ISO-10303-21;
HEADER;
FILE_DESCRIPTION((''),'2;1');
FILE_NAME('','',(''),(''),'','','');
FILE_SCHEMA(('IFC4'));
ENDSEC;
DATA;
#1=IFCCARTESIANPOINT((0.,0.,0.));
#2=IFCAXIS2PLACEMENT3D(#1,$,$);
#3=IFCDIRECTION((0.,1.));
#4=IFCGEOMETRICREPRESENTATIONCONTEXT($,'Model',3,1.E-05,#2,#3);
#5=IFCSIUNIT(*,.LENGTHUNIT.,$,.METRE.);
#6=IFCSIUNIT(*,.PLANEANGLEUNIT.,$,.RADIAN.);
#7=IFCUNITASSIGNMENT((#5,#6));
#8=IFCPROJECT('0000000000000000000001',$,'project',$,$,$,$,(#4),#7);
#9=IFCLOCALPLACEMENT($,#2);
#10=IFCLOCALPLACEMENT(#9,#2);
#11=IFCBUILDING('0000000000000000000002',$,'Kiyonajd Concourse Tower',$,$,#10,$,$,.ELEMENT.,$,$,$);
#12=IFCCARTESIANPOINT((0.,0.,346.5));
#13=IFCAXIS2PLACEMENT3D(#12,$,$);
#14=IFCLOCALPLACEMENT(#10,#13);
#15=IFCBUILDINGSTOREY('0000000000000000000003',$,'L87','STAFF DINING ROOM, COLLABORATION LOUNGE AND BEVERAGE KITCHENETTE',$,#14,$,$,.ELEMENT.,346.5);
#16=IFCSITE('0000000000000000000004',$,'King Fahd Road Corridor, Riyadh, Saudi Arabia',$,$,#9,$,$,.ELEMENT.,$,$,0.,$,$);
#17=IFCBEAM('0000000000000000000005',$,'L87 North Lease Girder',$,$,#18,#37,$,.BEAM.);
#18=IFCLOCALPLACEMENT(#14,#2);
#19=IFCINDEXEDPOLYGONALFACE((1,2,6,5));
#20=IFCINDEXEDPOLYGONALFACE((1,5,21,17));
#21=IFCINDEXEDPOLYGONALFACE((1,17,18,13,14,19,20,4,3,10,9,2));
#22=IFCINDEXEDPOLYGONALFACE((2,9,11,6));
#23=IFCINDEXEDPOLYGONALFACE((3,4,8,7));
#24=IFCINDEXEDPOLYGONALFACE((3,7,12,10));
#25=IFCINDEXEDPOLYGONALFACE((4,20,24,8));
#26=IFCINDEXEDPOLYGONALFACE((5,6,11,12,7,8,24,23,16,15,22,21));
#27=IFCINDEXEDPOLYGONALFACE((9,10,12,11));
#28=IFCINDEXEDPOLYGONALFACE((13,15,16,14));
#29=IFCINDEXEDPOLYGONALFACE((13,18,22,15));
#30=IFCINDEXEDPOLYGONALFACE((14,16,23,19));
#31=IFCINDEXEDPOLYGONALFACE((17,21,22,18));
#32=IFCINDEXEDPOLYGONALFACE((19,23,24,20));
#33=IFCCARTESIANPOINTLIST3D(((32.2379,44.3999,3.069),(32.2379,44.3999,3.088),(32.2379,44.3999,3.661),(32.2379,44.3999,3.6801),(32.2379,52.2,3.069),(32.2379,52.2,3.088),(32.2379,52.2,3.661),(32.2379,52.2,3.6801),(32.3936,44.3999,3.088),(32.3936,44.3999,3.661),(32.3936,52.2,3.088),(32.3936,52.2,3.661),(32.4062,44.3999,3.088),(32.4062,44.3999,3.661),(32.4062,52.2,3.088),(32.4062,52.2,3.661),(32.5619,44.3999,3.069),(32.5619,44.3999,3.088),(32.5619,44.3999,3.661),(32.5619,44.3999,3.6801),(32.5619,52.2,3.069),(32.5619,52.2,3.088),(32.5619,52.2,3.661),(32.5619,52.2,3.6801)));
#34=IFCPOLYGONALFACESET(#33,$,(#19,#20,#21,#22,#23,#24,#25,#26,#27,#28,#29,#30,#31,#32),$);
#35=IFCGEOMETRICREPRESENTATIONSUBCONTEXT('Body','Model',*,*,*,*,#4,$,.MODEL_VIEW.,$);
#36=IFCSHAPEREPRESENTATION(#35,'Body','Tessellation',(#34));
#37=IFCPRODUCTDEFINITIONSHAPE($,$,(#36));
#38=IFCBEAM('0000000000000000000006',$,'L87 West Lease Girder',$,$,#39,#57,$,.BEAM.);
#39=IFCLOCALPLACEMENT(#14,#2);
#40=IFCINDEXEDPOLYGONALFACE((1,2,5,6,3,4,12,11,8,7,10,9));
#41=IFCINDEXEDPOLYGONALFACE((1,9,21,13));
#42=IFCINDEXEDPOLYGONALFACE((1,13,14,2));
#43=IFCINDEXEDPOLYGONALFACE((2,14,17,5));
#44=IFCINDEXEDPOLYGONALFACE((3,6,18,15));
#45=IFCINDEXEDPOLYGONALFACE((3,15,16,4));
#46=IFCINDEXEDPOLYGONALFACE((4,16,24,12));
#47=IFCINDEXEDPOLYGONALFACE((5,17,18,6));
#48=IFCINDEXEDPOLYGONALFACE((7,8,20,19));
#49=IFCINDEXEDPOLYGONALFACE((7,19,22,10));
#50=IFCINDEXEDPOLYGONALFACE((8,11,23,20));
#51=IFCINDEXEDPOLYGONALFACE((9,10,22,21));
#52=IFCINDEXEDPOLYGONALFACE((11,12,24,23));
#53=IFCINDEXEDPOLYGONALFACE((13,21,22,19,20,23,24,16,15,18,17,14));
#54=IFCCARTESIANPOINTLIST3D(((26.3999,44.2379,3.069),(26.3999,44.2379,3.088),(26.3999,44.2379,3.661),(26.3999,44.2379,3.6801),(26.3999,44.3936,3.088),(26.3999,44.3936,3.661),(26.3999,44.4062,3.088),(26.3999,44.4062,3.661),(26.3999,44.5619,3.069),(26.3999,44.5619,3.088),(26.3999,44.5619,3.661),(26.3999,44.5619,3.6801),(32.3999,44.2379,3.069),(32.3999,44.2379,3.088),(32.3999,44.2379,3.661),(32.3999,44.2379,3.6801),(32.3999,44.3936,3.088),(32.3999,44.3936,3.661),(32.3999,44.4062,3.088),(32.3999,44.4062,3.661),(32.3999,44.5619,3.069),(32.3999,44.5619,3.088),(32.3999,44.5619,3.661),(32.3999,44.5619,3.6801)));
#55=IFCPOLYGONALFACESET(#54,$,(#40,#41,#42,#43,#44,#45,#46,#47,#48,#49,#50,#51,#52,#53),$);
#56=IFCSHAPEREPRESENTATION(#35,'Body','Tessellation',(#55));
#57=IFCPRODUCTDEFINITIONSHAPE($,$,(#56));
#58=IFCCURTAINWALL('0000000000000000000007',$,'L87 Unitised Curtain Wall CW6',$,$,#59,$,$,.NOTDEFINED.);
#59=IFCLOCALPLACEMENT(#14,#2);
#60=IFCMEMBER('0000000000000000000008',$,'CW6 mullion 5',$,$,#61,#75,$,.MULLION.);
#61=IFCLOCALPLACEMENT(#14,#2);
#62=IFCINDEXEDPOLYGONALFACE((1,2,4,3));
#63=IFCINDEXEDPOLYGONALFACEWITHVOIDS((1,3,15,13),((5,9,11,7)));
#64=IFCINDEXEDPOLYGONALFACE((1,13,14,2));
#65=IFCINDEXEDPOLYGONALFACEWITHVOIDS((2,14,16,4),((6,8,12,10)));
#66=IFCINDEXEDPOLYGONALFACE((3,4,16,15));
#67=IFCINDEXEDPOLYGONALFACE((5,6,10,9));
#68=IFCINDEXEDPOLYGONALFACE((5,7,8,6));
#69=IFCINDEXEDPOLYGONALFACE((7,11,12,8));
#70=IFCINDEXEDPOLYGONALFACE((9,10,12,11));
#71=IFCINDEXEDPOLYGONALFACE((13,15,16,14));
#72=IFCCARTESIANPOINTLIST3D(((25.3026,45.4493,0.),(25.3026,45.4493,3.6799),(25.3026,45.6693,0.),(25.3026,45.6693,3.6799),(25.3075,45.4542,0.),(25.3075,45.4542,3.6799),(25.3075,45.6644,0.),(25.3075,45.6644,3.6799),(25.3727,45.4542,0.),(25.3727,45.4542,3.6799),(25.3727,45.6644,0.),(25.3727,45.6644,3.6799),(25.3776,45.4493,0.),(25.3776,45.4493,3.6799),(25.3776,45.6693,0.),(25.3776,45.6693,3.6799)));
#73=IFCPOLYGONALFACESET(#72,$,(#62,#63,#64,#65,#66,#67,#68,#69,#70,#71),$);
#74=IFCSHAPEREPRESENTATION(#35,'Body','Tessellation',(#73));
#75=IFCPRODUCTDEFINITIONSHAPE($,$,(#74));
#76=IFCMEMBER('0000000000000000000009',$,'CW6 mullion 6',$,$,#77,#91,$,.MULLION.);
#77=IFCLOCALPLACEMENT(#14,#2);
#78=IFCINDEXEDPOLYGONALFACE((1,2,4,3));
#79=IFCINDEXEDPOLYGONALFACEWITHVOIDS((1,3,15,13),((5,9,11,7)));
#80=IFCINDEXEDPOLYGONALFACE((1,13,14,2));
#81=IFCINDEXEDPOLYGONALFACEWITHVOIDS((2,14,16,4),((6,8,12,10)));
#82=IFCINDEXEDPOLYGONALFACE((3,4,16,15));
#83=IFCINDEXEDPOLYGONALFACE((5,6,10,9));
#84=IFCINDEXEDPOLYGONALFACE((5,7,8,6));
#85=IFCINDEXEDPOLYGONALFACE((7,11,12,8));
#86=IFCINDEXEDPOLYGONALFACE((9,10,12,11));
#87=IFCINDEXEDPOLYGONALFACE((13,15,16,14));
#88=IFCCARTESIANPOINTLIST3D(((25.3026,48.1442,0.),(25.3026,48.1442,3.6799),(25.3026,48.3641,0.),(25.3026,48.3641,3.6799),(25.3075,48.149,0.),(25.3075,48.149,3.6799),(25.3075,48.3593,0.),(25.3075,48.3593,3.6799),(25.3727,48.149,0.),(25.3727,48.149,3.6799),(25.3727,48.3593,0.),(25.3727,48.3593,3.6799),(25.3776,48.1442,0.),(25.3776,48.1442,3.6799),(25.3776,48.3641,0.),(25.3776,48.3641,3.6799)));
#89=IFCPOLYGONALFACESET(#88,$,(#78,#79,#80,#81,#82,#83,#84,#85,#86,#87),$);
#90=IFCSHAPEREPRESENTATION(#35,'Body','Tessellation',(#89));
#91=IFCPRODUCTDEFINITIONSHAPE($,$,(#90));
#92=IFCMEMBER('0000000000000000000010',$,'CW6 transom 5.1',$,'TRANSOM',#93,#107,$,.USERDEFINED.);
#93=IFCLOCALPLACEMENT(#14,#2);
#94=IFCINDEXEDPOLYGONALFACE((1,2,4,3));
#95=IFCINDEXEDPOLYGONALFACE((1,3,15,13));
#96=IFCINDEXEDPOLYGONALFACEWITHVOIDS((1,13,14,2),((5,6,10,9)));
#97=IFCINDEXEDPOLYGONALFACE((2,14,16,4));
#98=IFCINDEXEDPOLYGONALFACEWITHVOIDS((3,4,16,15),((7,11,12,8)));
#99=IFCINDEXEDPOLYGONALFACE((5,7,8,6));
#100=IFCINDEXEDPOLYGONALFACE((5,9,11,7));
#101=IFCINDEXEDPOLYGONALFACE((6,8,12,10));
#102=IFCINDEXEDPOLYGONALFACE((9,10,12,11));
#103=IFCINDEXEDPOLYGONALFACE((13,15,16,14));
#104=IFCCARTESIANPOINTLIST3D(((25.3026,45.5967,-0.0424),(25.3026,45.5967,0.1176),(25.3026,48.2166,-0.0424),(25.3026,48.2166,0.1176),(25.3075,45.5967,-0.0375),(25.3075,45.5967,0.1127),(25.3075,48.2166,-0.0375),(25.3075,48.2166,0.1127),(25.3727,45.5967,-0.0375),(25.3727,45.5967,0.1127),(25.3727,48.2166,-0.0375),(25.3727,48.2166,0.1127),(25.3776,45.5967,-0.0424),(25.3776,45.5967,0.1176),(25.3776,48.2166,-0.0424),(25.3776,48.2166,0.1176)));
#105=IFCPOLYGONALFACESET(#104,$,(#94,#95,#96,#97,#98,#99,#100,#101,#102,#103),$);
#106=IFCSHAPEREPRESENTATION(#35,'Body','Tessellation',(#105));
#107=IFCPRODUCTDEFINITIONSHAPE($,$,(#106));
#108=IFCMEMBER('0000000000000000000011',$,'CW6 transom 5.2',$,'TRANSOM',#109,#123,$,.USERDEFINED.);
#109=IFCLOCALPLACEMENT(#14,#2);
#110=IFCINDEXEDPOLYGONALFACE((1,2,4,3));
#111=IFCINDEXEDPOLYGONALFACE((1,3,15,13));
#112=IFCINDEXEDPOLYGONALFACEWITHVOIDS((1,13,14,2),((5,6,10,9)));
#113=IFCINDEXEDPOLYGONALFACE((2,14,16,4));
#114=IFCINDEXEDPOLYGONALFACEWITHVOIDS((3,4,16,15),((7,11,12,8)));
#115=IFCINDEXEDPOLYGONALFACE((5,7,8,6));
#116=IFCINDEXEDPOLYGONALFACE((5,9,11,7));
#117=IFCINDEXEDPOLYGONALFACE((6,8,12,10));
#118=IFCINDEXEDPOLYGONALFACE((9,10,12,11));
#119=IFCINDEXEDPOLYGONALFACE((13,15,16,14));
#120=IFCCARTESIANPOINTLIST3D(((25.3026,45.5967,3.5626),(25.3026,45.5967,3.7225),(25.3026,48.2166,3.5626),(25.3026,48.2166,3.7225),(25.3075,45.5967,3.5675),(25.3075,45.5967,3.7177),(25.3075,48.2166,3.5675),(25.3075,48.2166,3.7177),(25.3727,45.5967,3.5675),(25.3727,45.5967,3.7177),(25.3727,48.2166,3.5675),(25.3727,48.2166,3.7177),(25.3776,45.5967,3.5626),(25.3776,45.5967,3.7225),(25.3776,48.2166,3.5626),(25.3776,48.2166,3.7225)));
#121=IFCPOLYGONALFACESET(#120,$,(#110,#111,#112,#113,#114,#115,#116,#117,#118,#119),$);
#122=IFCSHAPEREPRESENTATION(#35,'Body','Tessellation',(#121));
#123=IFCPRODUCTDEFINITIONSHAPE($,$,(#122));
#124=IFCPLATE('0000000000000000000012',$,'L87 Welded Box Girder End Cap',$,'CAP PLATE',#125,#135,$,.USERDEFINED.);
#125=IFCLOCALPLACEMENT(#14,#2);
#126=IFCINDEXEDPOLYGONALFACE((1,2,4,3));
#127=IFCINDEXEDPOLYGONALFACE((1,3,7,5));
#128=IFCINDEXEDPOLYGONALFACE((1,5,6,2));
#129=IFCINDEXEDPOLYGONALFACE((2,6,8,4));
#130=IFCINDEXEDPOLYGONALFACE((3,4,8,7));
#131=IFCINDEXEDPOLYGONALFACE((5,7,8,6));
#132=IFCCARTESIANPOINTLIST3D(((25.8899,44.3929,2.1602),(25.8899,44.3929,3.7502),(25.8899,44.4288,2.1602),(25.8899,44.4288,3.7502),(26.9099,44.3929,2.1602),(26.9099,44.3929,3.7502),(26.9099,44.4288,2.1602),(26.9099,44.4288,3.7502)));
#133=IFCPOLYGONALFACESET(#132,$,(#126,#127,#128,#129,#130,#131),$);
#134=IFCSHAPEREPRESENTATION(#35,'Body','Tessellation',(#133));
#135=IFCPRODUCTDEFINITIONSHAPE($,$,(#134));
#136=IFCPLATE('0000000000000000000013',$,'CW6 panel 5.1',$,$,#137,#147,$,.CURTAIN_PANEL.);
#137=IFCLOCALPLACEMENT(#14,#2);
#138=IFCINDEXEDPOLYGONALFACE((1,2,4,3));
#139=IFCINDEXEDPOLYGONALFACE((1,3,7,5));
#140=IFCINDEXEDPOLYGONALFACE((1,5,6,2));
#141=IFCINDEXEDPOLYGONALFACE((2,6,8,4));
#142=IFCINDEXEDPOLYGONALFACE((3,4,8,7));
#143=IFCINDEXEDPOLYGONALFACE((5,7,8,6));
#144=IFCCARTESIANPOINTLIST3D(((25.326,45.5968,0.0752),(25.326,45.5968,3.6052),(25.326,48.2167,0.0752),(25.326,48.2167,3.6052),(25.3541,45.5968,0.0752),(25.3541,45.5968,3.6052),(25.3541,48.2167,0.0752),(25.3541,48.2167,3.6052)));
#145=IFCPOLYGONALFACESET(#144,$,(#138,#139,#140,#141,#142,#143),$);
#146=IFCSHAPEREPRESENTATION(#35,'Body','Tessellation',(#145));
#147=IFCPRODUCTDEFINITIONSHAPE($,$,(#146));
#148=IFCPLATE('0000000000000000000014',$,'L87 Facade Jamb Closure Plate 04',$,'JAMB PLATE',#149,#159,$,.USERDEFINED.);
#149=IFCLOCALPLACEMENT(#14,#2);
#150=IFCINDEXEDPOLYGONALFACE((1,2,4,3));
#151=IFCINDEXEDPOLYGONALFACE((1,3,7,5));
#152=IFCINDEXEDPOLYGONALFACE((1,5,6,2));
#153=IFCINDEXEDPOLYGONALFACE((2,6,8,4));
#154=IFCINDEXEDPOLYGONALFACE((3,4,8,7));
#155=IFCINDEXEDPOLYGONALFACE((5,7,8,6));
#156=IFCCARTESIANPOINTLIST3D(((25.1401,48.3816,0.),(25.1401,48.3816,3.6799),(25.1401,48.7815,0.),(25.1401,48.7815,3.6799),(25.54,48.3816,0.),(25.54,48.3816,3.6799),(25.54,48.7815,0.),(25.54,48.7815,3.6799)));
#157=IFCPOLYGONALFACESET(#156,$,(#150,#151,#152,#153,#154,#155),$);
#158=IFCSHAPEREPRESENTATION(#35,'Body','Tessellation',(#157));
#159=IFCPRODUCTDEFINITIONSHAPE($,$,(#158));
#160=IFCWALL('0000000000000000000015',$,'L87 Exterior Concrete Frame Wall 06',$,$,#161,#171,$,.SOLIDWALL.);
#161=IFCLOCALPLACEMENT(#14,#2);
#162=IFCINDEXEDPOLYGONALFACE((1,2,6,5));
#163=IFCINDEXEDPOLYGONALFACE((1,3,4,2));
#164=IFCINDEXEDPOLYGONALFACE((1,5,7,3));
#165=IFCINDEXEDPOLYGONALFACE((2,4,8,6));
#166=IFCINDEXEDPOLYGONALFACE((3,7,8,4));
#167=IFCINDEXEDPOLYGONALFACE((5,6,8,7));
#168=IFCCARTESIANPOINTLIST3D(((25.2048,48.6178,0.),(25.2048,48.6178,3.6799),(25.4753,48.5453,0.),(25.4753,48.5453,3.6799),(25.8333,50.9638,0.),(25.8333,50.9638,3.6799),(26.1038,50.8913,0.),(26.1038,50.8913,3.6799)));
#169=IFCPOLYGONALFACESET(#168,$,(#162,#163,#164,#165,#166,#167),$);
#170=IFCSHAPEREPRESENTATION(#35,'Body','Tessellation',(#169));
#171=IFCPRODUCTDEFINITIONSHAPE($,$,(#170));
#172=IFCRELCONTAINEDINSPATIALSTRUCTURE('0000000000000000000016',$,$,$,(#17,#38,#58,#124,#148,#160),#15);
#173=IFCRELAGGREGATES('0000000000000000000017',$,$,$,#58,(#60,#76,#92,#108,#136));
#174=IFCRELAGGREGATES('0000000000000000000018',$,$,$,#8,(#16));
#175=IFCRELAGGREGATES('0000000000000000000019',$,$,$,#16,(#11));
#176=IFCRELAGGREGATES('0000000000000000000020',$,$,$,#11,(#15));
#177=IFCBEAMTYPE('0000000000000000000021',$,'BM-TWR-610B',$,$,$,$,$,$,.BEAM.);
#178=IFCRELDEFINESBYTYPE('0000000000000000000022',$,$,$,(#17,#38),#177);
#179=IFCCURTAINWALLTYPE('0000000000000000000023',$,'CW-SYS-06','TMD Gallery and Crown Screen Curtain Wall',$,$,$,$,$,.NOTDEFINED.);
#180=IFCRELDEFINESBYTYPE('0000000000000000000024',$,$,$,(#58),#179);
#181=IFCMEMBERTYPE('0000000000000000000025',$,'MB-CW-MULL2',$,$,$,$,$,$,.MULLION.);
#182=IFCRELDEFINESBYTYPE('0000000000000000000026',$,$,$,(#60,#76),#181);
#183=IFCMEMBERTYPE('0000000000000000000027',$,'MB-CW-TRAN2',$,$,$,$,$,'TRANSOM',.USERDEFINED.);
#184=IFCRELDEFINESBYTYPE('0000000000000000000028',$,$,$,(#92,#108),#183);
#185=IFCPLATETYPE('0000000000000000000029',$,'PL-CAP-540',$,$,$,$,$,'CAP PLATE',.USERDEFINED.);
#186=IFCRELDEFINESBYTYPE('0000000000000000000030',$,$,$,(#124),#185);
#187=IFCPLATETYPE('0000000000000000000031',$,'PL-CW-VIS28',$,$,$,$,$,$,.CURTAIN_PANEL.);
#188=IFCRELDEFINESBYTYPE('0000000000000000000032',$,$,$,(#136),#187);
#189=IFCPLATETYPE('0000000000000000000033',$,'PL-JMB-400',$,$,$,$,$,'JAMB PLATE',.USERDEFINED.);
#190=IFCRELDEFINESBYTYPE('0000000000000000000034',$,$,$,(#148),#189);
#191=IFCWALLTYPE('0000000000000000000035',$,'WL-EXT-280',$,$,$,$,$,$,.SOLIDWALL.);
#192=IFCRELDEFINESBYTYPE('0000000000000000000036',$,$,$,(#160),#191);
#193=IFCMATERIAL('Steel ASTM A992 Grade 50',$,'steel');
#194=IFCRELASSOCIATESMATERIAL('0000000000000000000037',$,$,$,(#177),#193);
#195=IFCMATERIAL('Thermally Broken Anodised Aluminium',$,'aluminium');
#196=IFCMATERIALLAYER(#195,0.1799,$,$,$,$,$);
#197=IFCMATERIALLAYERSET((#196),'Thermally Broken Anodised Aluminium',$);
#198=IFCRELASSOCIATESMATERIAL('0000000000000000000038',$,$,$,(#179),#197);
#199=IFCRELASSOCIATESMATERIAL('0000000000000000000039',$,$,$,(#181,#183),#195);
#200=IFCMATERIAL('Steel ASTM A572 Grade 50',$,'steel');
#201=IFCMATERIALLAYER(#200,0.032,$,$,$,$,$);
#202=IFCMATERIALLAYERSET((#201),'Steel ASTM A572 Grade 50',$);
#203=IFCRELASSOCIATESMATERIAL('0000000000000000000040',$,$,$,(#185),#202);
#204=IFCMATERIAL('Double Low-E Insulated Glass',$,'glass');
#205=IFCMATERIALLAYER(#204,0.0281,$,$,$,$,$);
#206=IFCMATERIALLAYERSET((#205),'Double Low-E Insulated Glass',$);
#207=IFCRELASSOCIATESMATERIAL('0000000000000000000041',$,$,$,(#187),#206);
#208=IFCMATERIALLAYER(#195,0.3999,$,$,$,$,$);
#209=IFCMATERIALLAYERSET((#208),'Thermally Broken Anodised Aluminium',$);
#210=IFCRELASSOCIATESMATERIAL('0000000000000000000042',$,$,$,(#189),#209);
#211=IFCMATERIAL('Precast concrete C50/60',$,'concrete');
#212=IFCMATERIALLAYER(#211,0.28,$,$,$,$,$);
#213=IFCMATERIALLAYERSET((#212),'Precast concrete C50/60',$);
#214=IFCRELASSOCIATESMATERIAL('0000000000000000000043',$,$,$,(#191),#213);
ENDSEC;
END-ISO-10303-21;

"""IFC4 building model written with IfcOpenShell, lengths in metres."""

from ifc_helpers import new_model, si_unit, direction, frame, frame_2d, origin, origin_2d, place, context, subcontext, project, spatial, rectangle, hollow_rectangle, i_section, extrude, material, layer, layer_set, material_profile, profile_set, type_object, element, aggregate, save


model = new_model("IFC4")

# Units and contexts
model_context = context("Model", 3, precision=1e-05, world=origin(), true_north=direction((0.0, 1.0)))
body_context = subcontext(model_context, "Body", "Model", "MODEL_VIEW")
ifc_project = project(units=[si_unit("LENGTHUNIT", "METRE"), si_unit("PLANEANGLEUNIT", "RADIAN")], contexts=[model_context])

# Site, building, storey
site_placement = place(None, origin())
site = spatial("IfcSite", under=ifc_project, at=site_placement, Name="King Fahd Road Corridor, Riyadh, Saudi Arabia", CompositionType="ELEMENT", RefElevation=0.0)
building_placement = place(site_placement, origin())
building = spatial("IfcBuilding", under=site, at=building_placement, Name="Kiyonajd Concourse Tower", CompositionType="ELEMENT")
storey_placement = place(building_placement, frame((0.0, 0.0, 346.5)))
storey = spatial("IfcBuildingStorey", under=building, at=storey_placement, Name="L87", Description="STAFF DINING ROOM, COLLABORATION LOUNGE AND BEVERAGE KITCHENETTE", CompositionType="ELEMENT", Elevation=346.5)

# Beams
ifc_material_1 = material(Name="Steel ASTM A992 Grade 50", Category="steel")
ifc_material_profile_1 = material_profile(ifc_material_1, i_section(OverallWidth=0.324, OverallDepth=0.6111, WebThickness=0.0127, FlangeThickness=0.019, at=origin_2d()), Name="W610X155")
ifc_profile_set_1 = profile_set([ifc_material_profile_1], Name="Steel ASTM A992 Grade 50")
beam_type = type_object("IfcBeamType", Name="BM-TWR-610B", PredefinedType="BEAM", material=ifc_profile_set_1)
beam_1_placement = place(storey_placement, frame((32.3999, 44.3999, 3.3745), z_axis=(0.0, 1.0, 0.0), x_axis=(-1.0, 0.0, 0.0)))
element("IfcBeam", 1, at=beam_1_placement, inside=storey, type_object=beam_type, Name="L87 North Lease Girder", PredefinedType="BEAM", context=body_context, shape_type="SweptSolid", body=[
    extrude(i_section(OverallWidth=0.324, OverallDepth=0.6111, WebThickness=0.0127, FlangeThickness=0.019, at=origin_2d()), origin(), (0.0, 0.0, 1.0), 7.8),
])
beam_2_placement = place(storey_placement, frame((26.3999, 44.3999, 3.3745), z_axis=(1.0, 0.0, 0.0), x_axis=(0.0, 1.0, 0.0)))
element("IfcBeam", 2, at=beam_2_placement, inside=storey, type_object=beam_type, Name="L87 West Lease Girder", PredefinedType="BEAM", context=body_context, shape_type="SweptSolid", body=[
    extrude(i_section(OverallWidth=0.324, OverallDepth=0.6111, WebThickness=0.0127, FlangeThickness=0.019, at=origin_2d()), origin(), (0.0, 0.0, 1.0), 6.0),
])

# Curtain wall, members
ifc_material_2 = material(Name="Thermally Broken Anodised Aluminium", Category="aluminium")
ifc_layer_1 = layer(ifc_material_2, 0.1799)
ifc_layer_set_1 = layer_set([ifc_layer_1], Name="Thermally Broken Anodised Aluminium")
curtain_wall_type = type_object("IfcCurtainWallType", Name="CW-SYS-06", Description="TMD Gallery and Crown Screen Curtain Wall", PredefinedType="NOTDEFINED", material=ifc_layer_set_1)
curtain_wall_placement = place(storey_placement, origin())
curtain_wall = element("IfcCurtainWall", 3, at=curtain_wall_placement, inside=storey, type_object=curtain_wall_type, Name="L87 Unitised Curtain Wall CW6", PredefinedType="NOTDEFINED")
ifc_material_profile_2 = material_profile(ifc_material_2, hollow_rectangle(XDim=0.075, YDim=0.22, WallThickness=0.0049, at=origin_2d()), Name="MULL-75x220")
ifc_profile_set_2 = profile_set([ifc_material_profile_2], Name="Thermally Broken Anodised Aluminium")
member_type_1 = type_object("IfcMemberType", Name="MB-CW-MULL2", PredefinedType="MULLION", material=ifc_profile_set_2)
member_1_placement = place(storey_placement, frame((25.3401, 45.5593, 0.0), z_axis=(0.0, 0.0, 1.0), x_axis=(-1.0, 0.0, 0.0)))
member_1 = element("IfcMember", 4, at=member_1_placement, type_object=member_type_1, Name="CW6 mullion 5", PredefinedType="MULLION", context=body_context, shape_type="SweptSolid", body=[
    extrude(hollow_rectangle(XDim=0.075, YDim=0.22, WallThickness=0.0049, at=origin_2d()), origin(), (0.0, 0.0, 1.0), 3.6799),
])
member_2_placement = place(storey_placement, frame((25.3401, 48.2542, 0.0), z_axis=(0.0, 0.0, 1.0), x_axis=(-1.0, 0.0, 0.0)))
member_2 = element("IfcMember", 5, at=member_2_placement, type_object=member_type_1, Name="CW6 mullion 6", PredefinedType="MULLION", context=body_context, shape_type="SweptSolid", body=[
    extrude(hollow_rectangle(XDim=0.075, YDim=0.22, WallThickness=0.0049, at=origin_2d()), origin(), (0.0, 0.0, 1.0), 3.6799),
])
ifc_material_profile_3 = material_profile(ifc_material_2, hollow_rectangle(XDim=0.075, YDim=0.1599, WallThickness=0.0049, at=origin_2d()), Name="TRAN-75x160")
ifc_profile_set_3 = profile_set([ifc_material_profile_3], Name="Thermally Broken Anodised Aluminium")
member_type_2 = type_object("IfcMemberType", Name="MB-CW-TRAN2", ElementType="TRANSOM", PredefinedType="USERDEFINED", material=ifc_profile_set_3)
member_3_placement = place(storey_placement, frame((25.3401, 45.5967, 0.0376), z_axis=(0.0, 1.0, 0.0), x_axis=(-1.0, 0.0, 0.0)))
member_3 = element("IfcMember", 6, at=member_3_placement, type_object=member_type_2, Name="CW6 transom 5.1", ObjectType="TRANSOM", PredefinedType="USERDEFINED", context=body_context, shape_type="SweptSolid", body=[
    extrude(hollow_rectangle(XDim=0.075, YDim=0.1599, WallThickness=0.0049, at=origin_2d()), origin(), (0.0, 0.0, 1.0), 2.6199),
])
member_4_placement = place(storey_placement, frame((25.3401, 45.5967, 3.6426), z_axis=(0.0, 1.0, 0.0), x_axis=(-1.0, 0.0, 0.0)))
member_4 = element("IfcMember", 7, at=member_4_placement, type_object=member_type_2, Name="CW6 transom 5.2", ObjectType="TRANSOM", PredefinedType="USERDEFINED", context=body_context, shape_type="SweptSolid", body=[
    extrude(hollow_rectangle(XDim=0.075, YDim=0.1599, WallThickness=0.0049, at=origin_2d()), origin(), (0.0, 0.0, 1.0), 2.6199),
])

# Plates
ifc_material_3 = material(Name="Steel ASTM A572 Grade 50", Category="steel")
ifc_layer_2 = layer(ifc_material_3, 0.032)
ifc_layer_set_2 = layer_set([ifc_layer_2], Name="Steel ASTM A572 Grade 50")
plate_type_1 = type_object("IfcPlateType", Name="PL-CAP-540", ElementType="CAP PLATE", PredefinedType="USERDEFINED", material=ifc_layer_set_2)
plate_1_placement = place(storey_placement, frame((26.3999, 44.4109, 2.1602), z_axis=(0.0, 0.0, 1.0), x_axis=(0.0, 1.0, 0.0)))
element("IfcPlate", 8, at=plate_1_placement, inside=storey, type_object=plate_type_1, Name="L87 Welded Box Girder End Cap", ObjectType="CAP PLATE", PredefinedType="USERDEFINED", context=body_context, shape_type="SweptSolid", body=[
    extrude(rectangle(XDim=0.0359, YDim=1.02, at=origin_2d()), origin(), (0.0, 0.0, 1.0), 1.5901),
])
ifc_material_4 = material(Name="Double Low-E Insulated Glass", Category="glass")
ifc_layer_3 = layer(ifc_material_4, 0.0281)
ifc_layer_set_3 = layer_set([ifc_layer_3], Name="Double Low-E Insulated Glass")
plate_type_2 = type_object("IfcPlateType", Name="PL-CW-VIS28", PredefinedType="CURTAIN_PANEL", material=ifc_layer_set_3)
plate_2_placement = place(storey_placement, frame((25.3401, 46.9067, 0.0752), z_axis=(0.0, 0.0, 1.0), x_axis=(0.0, 1.0, 0.0)))
plate_2 = element("IfcPlate", 9, at=plate_2_placement, type_object=plate_type_2, Name="CW6 panel 5.1", PredefinedType="CURTAIN_PANEL", context=body_context, shape_type="SweptSolid", body=[
    extrude(rectangle(XDim=2.6199, YDim=0.0281, at=origin_2d()), origin(), (0.0, 0.0, 1.0), 3.53),
])
aggregate(curtain_wall, [member_1, member_2, member_3, member_4, plate_2])
ifc_layer_4 = layer(ifc_material_2, 0.3999)
ifc_layer_set_4 = layer_set([ifc_layer_4], Name="Thermally Broken Anodised Aluminium")
plate_type_3 = type_object("IfcPlateType", Name="PL-JMB-400", ElementType="JAMB PLATE", PredefinedType="USERDEFINED", material=ifc_layer_set_4)
plate_3_placement = place(storey_placement, frame((25.3401, 48.5815, 0.0), z_axis=(0.0, 0.0, 1.0), x_axis=(1.0, 0.0, 0.0)))
element("IfcPlate", 10, at=plate_3_placement, inside=storey, type_object=plate_type_3, Name="L87 Facade Jamb Closure Plate 04", ObjectType="JAMB PLATE", PredefinedType="USERDEFINED", context=body_context, shape_type="SweptSolid", body=[
    extrude(rectangle(XDim=0.3999, YDim=0.3999, at=origin_2d()), origin(), (0.0, 0.0, 1.0), 3.6799),
])

# Wall
ifc_material_5 = material(Name="Precast concrete C50/60", Category="concrete")
ifc_layer_5 = layer(ifc_material_5, 0.28)
ifc_layer_set_5 = layer_set([ifc_layer_5], Name="Precast concrete C50/60")
wall_type_1 = type_object("IfcWallType", Name="WL-EXT-280", PredefinedType="SOLIDWALL", material=ifc_layer_set_5)
wall_1_placement = place(storey_placement, frame((25.3401, 48.5815, 0.0), z_axis=(0.0, 0.0, 1.0), x_axis=(0.258751, 0.965944, 0.0)))
element("IfcWall", 11, at=wall_1_placement, inside=storey, type_object=wall_type_1, Name="L87 Exterior Concrete Frame Wall 06", PredefinedType="SOLIDWALL", context=body_context, shape_type="SweptSolid", body=[
    extrude(rectangle(XDim=2.4287, YDim=0.28, at=frame_2d((1.2144, 0.0))), origin(), (0.0, 0.0, 1.0), 3.6799),
])

save(model, "model.ifc")
